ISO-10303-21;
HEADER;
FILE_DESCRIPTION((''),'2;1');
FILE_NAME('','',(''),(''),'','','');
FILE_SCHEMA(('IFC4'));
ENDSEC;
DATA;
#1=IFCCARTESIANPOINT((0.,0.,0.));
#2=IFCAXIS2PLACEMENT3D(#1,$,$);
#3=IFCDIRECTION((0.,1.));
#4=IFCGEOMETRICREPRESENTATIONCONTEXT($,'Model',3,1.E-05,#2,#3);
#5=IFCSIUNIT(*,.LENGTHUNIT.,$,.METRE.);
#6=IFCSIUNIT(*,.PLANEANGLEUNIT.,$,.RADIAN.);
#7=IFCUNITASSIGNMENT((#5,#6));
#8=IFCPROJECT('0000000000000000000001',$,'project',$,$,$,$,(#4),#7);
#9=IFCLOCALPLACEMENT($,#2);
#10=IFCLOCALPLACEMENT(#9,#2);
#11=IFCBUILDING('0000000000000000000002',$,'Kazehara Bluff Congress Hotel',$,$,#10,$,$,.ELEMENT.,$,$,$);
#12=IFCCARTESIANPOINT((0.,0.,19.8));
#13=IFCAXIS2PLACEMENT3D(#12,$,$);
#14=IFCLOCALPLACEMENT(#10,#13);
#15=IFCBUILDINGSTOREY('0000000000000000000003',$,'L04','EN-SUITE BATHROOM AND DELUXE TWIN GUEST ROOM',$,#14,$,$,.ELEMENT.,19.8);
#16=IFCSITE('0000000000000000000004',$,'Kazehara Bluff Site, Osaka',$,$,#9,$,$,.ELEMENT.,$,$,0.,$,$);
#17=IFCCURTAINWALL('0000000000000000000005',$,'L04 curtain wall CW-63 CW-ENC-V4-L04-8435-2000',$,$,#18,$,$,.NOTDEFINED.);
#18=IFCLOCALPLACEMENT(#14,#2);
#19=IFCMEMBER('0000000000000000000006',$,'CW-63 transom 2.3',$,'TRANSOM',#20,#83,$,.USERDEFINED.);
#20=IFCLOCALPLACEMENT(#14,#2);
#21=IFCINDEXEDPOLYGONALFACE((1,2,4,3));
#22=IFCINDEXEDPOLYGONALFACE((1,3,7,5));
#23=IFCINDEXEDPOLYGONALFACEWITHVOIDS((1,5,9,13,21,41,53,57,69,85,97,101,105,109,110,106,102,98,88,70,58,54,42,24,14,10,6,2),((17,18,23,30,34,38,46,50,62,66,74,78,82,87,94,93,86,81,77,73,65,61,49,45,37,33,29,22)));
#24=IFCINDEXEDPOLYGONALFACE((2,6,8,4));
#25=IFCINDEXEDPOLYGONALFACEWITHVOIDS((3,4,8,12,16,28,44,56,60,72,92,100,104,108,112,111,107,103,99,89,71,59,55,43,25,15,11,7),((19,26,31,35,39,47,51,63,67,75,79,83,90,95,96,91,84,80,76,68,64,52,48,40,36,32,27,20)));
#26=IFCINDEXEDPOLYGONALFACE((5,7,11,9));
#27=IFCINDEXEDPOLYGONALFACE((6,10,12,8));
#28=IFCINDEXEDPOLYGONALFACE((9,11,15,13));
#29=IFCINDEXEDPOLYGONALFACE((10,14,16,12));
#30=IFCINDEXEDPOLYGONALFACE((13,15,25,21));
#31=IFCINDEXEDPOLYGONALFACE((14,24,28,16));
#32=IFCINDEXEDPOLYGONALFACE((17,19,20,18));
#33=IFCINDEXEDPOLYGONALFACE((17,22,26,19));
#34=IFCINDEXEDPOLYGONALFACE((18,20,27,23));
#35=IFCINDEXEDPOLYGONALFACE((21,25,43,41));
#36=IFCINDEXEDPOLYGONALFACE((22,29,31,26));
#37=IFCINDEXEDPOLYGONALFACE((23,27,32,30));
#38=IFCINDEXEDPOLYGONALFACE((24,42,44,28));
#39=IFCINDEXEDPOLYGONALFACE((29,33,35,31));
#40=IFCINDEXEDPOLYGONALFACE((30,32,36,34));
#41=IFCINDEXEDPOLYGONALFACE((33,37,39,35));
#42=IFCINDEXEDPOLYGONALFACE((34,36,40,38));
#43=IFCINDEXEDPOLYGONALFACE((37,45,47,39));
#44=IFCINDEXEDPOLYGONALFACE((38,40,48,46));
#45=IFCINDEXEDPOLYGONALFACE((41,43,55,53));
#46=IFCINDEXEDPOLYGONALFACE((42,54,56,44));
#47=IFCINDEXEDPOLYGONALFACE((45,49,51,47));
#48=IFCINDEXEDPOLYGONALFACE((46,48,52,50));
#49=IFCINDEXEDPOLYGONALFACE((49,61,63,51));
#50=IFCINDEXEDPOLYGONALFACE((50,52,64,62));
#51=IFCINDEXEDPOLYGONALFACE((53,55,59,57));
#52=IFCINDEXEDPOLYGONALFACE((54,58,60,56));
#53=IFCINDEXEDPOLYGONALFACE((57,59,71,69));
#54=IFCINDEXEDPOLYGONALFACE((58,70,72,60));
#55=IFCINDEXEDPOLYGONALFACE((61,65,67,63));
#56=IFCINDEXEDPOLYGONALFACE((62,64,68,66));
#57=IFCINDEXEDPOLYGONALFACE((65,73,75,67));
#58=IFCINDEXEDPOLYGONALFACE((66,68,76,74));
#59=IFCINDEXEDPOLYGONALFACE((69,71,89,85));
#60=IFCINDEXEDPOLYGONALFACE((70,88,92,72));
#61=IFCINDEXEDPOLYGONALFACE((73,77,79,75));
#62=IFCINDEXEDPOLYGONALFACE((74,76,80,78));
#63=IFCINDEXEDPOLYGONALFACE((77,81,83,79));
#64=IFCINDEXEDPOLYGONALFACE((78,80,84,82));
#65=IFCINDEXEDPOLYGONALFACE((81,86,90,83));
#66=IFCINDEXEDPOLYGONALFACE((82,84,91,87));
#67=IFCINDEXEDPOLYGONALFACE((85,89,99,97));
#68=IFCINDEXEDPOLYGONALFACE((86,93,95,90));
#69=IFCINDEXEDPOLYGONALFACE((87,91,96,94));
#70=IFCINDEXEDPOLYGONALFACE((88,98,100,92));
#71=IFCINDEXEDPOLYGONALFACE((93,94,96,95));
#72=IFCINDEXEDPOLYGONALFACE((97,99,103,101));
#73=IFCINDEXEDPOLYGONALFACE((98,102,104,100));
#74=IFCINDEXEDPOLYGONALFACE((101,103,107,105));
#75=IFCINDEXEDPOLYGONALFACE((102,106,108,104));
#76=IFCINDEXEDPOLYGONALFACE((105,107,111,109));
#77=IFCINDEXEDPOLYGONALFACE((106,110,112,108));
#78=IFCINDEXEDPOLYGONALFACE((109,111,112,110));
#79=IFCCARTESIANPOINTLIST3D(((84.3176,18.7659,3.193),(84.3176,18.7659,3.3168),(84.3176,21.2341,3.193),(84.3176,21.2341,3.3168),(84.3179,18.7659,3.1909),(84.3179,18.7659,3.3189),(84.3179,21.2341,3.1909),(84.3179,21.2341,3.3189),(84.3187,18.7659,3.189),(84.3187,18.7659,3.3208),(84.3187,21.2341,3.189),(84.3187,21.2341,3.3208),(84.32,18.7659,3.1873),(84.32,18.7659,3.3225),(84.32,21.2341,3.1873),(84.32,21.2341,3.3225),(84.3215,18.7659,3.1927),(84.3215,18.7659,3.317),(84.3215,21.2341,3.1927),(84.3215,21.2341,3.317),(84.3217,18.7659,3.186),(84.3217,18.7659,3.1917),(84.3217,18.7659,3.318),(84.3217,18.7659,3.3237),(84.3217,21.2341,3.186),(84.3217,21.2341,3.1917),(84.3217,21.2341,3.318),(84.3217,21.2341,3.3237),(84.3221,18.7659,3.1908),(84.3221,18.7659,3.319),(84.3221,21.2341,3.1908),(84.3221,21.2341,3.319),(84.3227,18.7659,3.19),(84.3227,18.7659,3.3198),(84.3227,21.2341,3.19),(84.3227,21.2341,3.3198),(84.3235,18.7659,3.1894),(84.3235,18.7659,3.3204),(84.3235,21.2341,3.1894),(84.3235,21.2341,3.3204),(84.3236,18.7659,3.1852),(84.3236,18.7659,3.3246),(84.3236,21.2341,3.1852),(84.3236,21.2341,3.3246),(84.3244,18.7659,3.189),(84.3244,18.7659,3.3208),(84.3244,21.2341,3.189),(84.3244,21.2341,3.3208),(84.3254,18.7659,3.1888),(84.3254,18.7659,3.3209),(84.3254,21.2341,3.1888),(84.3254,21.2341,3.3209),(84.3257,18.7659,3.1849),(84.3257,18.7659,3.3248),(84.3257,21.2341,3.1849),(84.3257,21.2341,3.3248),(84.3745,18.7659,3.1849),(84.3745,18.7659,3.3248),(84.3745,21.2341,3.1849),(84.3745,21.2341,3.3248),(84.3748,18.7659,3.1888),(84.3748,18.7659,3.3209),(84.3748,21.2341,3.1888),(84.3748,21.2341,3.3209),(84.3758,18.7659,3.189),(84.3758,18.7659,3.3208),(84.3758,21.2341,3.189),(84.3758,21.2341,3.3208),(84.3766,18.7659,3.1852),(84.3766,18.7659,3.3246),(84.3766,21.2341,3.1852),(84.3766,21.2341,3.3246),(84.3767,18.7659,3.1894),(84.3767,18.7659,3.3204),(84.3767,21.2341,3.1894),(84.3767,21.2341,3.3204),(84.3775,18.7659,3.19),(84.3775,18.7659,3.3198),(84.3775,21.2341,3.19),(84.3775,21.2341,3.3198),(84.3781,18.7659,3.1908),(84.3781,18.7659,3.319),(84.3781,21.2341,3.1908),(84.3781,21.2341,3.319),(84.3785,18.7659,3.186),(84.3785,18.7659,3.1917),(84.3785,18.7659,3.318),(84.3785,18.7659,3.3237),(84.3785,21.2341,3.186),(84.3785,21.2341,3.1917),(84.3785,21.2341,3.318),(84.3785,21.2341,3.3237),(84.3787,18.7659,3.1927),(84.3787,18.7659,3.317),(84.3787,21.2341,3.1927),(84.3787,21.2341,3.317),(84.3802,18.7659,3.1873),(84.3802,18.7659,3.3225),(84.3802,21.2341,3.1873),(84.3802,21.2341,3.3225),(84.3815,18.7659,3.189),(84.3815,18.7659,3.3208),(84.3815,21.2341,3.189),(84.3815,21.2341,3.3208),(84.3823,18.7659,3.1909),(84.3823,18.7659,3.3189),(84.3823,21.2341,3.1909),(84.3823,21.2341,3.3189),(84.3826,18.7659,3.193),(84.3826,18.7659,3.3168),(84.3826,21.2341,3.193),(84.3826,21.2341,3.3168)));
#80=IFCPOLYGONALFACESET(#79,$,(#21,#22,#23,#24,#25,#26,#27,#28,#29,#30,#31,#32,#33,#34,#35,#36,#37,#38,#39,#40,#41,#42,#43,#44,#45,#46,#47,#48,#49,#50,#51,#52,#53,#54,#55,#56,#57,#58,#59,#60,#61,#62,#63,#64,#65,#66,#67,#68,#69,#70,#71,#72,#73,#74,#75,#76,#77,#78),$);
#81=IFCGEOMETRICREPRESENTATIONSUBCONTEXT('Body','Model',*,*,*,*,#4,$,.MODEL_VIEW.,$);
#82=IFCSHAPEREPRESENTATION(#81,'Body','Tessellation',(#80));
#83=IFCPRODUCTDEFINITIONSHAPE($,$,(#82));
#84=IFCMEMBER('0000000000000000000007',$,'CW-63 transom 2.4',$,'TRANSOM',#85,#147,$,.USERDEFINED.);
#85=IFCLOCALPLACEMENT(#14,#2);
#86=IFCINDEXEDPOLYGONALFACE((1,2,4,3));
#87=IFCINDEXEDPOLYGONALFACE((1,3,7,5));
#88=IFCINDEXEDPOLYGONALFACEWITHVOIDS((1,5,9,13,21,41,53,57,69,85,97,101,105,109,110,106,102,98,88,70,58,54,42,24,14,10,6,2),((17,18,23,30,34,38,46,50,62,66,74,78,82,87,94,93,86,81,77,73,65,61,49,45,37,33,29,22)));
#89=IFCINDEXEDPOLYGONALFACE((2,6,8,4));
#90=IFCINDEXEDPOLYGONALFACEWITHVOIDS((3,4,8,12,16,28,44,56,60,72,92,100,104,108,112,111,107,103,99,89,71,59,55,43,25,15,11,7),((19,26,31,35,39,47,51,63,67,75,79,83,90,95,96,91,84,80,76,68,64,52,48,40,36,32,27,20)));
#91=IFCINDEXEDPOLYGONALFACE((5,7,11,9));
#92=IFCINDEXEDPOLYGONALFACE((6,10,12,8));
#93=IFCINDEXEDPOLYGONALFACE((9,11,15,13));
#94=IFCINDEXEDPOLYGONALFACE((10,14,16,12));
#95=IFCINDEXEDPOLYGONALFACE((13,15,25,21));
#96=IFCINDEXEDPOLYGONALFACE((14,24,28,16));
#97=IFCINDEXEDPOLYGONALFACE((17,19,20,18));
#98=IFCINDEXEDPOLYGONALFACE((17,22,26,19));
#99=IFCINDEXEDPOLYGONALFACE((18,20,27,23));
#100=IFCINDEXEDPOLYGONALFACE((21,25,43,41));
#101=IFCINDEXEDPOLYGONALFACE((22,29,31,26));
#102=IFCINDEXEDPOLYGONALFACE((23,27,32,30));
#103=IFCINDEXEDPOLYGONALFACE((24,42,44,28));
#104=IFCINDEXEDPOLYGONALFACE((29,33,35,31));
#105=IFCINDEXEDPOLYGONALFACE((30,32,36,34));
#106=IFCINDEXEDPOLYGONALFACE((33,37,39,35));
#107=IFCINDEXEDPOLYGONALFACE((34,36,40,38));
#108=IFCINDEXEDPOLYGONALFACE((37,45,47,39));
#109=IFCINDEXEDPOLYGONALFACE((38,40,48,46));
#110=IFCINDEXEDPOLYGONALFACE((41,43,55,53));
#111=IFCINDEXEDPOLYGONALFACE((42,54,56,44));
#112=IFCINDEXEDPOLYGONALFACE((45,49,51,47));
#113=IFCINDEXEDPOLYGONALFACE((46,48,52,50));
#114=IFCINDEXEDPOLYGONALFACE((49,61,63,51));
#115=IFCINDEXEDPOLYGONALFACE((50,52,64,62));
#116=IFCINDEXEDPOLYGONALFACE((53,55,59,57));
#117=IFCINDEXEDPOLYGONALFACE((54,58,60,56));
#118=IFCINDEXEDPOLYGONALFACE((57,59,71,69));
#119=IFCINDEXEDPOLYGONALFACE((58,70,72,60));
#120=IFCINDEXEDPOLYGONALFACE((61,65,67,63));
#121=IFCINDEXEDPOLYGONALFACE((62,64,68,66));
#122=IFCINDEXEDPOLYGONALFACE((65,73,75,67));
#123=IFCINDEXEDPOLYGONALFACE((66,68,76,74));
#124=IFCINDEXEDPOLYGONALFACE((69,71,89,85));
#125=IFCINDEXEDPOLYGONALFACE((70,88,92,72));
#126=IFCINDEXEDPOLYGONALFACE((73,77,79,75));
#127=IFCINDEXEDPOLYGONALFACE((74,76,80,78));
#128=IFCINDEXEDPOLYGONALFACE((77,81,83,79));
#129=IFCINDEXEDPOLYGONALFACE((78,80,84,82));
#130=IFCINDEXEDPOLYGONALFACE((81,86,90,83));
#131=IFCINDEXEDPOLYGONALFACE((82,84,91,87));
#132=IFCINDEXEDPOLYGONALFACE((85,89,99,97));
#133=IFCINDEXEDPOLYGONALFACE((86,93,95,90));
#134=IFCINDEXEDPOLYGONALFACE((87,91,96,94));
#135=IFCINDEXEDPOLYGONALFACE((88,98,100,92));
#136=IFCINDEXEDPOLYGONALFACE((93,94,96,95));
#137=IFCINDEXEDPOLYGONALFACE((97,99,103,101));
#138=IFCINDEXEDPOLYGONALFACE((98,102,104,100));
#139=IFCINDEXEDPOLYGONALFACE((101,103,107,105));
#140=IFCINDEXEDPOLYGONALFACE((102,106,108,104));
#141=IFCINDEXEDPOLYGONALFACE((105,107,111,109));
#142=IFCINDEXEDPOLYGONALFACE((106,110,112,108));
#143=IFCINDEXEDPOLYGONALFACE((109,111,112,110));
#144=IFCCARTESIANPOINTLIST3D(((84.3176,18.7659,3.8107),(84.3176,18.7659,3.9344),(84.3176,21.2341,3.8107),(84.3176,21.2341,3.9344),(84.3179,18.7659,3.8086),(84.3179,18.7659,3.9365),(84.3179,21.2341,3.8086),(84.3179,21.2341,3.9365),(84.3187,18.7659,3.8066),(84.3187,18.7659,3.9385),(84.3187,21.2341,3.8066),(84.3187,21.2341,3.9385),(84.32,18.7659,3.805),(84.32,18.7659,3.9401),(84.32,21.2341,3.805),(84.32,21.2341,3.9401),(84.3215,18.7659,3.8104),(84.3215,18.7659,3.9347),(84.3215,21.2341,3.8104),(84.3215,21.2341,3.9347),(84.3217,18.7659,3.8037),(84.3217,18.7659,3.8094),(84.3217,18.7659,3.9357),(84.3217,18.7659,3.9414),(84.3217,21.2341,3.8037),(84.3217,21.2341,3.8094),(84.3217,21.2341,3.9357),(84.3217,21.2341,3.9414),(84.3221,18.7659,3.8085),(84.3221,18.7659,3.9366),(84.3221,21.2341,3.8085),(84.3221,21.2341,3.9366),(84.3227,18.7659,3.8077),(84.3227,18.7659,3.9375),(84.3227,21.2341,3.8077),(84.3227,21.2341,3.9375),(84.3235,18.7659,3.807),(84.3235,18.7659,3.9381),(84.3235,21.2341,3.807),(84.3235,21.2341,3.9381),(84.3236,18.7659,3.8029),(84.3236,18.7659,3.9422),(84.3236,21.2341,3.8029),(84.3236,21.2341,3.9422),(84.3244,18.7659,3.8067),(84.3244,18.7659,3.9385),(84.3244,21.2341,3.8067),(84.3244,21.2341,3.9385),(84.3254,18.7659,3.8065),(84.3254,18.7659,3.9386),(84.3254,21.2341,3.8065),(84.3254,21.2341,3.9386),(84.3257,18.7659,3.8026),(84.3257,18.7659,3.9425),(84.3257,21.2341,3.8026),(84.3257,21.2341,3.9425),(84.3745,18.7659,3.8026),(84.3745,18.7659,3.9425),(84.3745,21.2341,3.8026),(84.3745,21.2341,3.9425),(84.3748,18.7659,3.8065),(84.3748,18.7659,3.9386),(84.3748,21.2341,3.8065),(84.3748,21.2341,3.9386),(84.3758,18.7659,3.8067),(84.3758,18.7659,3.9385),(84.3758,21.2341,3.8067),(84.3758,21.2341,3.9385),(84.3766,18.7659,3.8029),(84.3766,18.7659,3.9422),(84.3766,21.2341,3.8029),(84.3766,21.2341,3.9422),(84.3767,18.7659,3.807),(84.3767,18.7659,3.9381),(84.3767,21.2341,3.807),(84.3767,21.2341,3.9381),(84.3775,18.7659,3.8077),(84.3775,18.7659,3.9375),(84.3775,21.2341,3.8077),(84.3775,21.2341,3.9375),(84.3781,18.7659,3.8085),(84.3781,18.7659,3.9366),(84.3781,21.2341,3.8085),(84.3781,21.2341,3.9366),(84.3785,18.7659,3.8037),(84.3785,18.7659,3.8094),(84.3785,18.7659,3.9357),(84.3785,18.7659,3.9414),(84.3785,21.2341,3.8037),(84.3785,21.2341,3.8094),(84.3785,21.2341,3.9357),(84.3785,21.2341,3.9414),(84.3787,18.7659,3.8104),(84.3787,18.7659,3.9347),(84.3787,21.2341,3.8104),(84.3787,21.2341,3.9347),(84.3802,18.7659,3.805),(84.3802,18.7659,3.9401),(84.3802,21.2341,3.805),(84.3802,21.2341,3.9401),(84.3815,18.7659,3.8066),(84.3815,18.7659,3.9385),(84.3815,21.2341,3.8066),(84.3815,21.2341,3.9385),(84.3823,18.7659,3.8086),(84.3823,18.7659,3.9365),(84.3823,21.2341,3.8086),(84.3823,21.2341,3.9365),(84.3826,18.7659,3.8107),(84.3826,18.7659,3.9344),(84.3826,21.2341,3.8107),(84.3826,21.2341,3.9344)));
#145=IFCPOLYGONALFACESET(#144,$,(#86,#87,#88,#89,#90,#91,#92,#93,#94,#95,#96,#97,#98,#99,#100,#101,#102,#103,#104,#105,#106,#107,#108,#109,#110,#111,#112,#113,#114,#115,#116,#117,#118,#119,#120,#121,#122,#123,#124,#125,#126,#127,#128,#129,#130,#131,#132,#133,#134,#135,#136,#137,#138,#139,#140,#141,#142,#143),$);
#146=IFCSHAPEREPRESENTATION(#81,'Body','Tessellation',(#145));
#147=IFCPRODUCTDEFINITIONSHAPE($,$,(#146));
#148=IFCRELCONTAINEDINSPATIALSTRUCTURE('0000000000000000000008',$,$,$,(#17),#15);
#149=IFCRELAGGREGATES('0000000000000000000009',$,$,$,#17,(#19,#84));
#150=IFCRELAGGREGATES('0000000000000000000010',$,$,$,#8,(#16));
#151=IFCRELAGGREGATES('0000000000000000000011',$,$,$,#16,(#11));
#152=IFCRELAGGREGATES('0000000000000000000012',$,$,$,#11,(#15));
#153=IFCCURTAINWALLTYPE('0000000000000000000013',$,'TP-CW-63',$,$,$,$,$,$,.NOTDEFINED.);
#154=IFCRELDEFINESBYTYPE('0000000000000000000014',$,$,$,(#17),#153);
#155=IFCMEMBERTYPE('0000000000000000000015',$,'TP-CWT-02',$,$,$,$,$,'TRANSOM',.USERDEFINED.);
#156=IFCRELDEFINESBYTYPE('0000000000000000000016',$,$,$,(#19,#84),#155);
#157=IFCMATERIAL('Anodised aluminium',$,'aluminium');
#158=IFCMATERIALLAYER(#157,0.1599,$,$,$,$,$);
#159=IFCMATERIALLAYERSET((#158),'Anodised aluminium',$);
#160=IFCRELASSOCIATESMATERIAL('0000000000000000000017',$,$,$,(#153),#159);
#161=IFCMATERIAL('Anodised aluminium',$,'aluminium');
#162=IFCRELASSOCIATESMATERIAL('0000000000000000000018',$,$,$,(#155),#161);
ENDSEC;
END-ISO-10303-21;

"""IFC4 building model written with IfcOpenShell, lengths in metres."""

from ifc_helpers import new_model, si_unit, direction, frame, origin, origin_2d, place, context, subcontext, project, spatial, hollow_rectangle, extrude, material, layer, layer_set, material_profile, profile_set, type_object, element, aggregate, save


model = new_model("IFC4")

# Units and contexts
model_context = context("Model", 3, precision=1e-05, world=origin(), true_north=direction((0.0, 1.0)))
body_context = subcontext(model_context, "Body", "Model", "MODEL_VIEW")
ifc_project = project(units=[si_unit("LENGTHUNIT", "METRE"), si_unit("PLANEANGLEUNIT", "RADIAN")], contexts=[model_context])

# Site, building, storey
site_placement = place(None, origin())
site = spatial("IfcSite", under=ifc_project, at=site_placement, Name="Kazehara Bluff Site, Osaka", CompositionType="ELEMENT", RefElevation=0.0)
building_placement = place(site_placement, origin())
building = spatial("IfcBuilding", under=site, at=building_placement, Name="Kazehara Bluff Congress Hotel", CompositionType="ELEMENT")
storey_placement = place(building_placement, frame((0.0, 0.0, 19.8)))
storey = spatial("IfcBuildingStorey", under=building, at=storey_placement, Name="L04", Description="EN-SUITE BATHROOM AND DELUXE TWIN GUEST ROOM", CompositionType="ELEMENT", Elevation=19.8)

# Curtain wall
ifc_material_1 = material(Name="Anodised aluminium", Category="aluminium")
ifc_layer_1 = layer(ifc_material_1, 0.1599)
ifc_layer_set_1 = layer_set([ifc_layer_1], Name="Anodised aluminium")
curtain_wall_type_1 = type_object("IfcCurtainWallType", Name="TP-CW-63", PredefinedType="NOTDEFINED", material=ifc_layer_set_1)
curtain_wall_1_placement = place(storey_placement, origin())
curtain_wall_1 = element("IfcCurtainWall", 1, at=curtain_wall_1_placement, inside=storey, type_object=curtain_wall_type_1, Name="L04 curtain wall CW-63 CW-ENC-V4-L04-8435-2000", PredefinedType="NOTDEFINED")

# Members
ifc_material_2 = material(Name="Anodised aluminium", Category="aluminium")
ifc_material_profile_1 = material_profile(ifc_material_2, hollow_rectangle(XDim=0.0649, YDim=0.1399, WallThickness=0.0039, InnerFilletRadius=0.0039, OuterFilletRadius=0.0081, at=origin_2d()))
ifc_profile_set_1 = profile_set([ifc_material_profile_1], Name="Anodised aluminium")
member_type_1 = type_object("IfcMemberType", Name="TP-CWT-02", ElementType="TRANSOM", PredefinedType="USERDEFINED", material=ifc_profile_set_1)
member_1_placement = place(storey_placement, frame((84.3501, 21.2341, 3.2549), z_axis=(0.0, -1.0, 0.0), x_axis=(1.0, 0.0, 0.0)))
member_1 = element("IfcMember", 2, at=member_1_placement, type_object=member_type_1, Name="CW-63 transom 2.3", ObjectType="TRANSOM", PredefinedType="USERDEFINED", context=body_context, shape_type="SweptSolid", body=[
    extrude(hollow_rectangle(XDim=0.0649, YDim=0.1399, WallThickness=0.0039, InnerFilletRadius=0.0039, OuterFilletRadius=0.0081, at=origin_2d()), origin(), (0.0, 0.0, 1.0), 2.4683),
])
member_2_placement = place(storey_placement, frame((84.3501, 21.2341, 3.8726), z_axis=(0.0, -1.0, 0.0), x_axis=(1.0, 0.0, 0.0)))
member_2 = element("IfcMember", 3, at=member_2_placement, type_object=member_type_1, Name="CW-63 transom 2.4", ObjectType="TRANSOM", PredefinedType="USERDEFINED", context=body_context, shape_type="SweptSolid", body=[
    extrude(hollow_rectangle(XDim=0.0649, YDim=0.1399, WallThickness=0.0039, InnerFilletRadius=0.0039, OuterFilletRadius=0.0081, at=origin_2d()), origin(), (0.0, 0.0, 1.0), 2.4683),
])

aggregate(curtain_wall_1, [member_1, member_2])

save(model, "model.ifc")
